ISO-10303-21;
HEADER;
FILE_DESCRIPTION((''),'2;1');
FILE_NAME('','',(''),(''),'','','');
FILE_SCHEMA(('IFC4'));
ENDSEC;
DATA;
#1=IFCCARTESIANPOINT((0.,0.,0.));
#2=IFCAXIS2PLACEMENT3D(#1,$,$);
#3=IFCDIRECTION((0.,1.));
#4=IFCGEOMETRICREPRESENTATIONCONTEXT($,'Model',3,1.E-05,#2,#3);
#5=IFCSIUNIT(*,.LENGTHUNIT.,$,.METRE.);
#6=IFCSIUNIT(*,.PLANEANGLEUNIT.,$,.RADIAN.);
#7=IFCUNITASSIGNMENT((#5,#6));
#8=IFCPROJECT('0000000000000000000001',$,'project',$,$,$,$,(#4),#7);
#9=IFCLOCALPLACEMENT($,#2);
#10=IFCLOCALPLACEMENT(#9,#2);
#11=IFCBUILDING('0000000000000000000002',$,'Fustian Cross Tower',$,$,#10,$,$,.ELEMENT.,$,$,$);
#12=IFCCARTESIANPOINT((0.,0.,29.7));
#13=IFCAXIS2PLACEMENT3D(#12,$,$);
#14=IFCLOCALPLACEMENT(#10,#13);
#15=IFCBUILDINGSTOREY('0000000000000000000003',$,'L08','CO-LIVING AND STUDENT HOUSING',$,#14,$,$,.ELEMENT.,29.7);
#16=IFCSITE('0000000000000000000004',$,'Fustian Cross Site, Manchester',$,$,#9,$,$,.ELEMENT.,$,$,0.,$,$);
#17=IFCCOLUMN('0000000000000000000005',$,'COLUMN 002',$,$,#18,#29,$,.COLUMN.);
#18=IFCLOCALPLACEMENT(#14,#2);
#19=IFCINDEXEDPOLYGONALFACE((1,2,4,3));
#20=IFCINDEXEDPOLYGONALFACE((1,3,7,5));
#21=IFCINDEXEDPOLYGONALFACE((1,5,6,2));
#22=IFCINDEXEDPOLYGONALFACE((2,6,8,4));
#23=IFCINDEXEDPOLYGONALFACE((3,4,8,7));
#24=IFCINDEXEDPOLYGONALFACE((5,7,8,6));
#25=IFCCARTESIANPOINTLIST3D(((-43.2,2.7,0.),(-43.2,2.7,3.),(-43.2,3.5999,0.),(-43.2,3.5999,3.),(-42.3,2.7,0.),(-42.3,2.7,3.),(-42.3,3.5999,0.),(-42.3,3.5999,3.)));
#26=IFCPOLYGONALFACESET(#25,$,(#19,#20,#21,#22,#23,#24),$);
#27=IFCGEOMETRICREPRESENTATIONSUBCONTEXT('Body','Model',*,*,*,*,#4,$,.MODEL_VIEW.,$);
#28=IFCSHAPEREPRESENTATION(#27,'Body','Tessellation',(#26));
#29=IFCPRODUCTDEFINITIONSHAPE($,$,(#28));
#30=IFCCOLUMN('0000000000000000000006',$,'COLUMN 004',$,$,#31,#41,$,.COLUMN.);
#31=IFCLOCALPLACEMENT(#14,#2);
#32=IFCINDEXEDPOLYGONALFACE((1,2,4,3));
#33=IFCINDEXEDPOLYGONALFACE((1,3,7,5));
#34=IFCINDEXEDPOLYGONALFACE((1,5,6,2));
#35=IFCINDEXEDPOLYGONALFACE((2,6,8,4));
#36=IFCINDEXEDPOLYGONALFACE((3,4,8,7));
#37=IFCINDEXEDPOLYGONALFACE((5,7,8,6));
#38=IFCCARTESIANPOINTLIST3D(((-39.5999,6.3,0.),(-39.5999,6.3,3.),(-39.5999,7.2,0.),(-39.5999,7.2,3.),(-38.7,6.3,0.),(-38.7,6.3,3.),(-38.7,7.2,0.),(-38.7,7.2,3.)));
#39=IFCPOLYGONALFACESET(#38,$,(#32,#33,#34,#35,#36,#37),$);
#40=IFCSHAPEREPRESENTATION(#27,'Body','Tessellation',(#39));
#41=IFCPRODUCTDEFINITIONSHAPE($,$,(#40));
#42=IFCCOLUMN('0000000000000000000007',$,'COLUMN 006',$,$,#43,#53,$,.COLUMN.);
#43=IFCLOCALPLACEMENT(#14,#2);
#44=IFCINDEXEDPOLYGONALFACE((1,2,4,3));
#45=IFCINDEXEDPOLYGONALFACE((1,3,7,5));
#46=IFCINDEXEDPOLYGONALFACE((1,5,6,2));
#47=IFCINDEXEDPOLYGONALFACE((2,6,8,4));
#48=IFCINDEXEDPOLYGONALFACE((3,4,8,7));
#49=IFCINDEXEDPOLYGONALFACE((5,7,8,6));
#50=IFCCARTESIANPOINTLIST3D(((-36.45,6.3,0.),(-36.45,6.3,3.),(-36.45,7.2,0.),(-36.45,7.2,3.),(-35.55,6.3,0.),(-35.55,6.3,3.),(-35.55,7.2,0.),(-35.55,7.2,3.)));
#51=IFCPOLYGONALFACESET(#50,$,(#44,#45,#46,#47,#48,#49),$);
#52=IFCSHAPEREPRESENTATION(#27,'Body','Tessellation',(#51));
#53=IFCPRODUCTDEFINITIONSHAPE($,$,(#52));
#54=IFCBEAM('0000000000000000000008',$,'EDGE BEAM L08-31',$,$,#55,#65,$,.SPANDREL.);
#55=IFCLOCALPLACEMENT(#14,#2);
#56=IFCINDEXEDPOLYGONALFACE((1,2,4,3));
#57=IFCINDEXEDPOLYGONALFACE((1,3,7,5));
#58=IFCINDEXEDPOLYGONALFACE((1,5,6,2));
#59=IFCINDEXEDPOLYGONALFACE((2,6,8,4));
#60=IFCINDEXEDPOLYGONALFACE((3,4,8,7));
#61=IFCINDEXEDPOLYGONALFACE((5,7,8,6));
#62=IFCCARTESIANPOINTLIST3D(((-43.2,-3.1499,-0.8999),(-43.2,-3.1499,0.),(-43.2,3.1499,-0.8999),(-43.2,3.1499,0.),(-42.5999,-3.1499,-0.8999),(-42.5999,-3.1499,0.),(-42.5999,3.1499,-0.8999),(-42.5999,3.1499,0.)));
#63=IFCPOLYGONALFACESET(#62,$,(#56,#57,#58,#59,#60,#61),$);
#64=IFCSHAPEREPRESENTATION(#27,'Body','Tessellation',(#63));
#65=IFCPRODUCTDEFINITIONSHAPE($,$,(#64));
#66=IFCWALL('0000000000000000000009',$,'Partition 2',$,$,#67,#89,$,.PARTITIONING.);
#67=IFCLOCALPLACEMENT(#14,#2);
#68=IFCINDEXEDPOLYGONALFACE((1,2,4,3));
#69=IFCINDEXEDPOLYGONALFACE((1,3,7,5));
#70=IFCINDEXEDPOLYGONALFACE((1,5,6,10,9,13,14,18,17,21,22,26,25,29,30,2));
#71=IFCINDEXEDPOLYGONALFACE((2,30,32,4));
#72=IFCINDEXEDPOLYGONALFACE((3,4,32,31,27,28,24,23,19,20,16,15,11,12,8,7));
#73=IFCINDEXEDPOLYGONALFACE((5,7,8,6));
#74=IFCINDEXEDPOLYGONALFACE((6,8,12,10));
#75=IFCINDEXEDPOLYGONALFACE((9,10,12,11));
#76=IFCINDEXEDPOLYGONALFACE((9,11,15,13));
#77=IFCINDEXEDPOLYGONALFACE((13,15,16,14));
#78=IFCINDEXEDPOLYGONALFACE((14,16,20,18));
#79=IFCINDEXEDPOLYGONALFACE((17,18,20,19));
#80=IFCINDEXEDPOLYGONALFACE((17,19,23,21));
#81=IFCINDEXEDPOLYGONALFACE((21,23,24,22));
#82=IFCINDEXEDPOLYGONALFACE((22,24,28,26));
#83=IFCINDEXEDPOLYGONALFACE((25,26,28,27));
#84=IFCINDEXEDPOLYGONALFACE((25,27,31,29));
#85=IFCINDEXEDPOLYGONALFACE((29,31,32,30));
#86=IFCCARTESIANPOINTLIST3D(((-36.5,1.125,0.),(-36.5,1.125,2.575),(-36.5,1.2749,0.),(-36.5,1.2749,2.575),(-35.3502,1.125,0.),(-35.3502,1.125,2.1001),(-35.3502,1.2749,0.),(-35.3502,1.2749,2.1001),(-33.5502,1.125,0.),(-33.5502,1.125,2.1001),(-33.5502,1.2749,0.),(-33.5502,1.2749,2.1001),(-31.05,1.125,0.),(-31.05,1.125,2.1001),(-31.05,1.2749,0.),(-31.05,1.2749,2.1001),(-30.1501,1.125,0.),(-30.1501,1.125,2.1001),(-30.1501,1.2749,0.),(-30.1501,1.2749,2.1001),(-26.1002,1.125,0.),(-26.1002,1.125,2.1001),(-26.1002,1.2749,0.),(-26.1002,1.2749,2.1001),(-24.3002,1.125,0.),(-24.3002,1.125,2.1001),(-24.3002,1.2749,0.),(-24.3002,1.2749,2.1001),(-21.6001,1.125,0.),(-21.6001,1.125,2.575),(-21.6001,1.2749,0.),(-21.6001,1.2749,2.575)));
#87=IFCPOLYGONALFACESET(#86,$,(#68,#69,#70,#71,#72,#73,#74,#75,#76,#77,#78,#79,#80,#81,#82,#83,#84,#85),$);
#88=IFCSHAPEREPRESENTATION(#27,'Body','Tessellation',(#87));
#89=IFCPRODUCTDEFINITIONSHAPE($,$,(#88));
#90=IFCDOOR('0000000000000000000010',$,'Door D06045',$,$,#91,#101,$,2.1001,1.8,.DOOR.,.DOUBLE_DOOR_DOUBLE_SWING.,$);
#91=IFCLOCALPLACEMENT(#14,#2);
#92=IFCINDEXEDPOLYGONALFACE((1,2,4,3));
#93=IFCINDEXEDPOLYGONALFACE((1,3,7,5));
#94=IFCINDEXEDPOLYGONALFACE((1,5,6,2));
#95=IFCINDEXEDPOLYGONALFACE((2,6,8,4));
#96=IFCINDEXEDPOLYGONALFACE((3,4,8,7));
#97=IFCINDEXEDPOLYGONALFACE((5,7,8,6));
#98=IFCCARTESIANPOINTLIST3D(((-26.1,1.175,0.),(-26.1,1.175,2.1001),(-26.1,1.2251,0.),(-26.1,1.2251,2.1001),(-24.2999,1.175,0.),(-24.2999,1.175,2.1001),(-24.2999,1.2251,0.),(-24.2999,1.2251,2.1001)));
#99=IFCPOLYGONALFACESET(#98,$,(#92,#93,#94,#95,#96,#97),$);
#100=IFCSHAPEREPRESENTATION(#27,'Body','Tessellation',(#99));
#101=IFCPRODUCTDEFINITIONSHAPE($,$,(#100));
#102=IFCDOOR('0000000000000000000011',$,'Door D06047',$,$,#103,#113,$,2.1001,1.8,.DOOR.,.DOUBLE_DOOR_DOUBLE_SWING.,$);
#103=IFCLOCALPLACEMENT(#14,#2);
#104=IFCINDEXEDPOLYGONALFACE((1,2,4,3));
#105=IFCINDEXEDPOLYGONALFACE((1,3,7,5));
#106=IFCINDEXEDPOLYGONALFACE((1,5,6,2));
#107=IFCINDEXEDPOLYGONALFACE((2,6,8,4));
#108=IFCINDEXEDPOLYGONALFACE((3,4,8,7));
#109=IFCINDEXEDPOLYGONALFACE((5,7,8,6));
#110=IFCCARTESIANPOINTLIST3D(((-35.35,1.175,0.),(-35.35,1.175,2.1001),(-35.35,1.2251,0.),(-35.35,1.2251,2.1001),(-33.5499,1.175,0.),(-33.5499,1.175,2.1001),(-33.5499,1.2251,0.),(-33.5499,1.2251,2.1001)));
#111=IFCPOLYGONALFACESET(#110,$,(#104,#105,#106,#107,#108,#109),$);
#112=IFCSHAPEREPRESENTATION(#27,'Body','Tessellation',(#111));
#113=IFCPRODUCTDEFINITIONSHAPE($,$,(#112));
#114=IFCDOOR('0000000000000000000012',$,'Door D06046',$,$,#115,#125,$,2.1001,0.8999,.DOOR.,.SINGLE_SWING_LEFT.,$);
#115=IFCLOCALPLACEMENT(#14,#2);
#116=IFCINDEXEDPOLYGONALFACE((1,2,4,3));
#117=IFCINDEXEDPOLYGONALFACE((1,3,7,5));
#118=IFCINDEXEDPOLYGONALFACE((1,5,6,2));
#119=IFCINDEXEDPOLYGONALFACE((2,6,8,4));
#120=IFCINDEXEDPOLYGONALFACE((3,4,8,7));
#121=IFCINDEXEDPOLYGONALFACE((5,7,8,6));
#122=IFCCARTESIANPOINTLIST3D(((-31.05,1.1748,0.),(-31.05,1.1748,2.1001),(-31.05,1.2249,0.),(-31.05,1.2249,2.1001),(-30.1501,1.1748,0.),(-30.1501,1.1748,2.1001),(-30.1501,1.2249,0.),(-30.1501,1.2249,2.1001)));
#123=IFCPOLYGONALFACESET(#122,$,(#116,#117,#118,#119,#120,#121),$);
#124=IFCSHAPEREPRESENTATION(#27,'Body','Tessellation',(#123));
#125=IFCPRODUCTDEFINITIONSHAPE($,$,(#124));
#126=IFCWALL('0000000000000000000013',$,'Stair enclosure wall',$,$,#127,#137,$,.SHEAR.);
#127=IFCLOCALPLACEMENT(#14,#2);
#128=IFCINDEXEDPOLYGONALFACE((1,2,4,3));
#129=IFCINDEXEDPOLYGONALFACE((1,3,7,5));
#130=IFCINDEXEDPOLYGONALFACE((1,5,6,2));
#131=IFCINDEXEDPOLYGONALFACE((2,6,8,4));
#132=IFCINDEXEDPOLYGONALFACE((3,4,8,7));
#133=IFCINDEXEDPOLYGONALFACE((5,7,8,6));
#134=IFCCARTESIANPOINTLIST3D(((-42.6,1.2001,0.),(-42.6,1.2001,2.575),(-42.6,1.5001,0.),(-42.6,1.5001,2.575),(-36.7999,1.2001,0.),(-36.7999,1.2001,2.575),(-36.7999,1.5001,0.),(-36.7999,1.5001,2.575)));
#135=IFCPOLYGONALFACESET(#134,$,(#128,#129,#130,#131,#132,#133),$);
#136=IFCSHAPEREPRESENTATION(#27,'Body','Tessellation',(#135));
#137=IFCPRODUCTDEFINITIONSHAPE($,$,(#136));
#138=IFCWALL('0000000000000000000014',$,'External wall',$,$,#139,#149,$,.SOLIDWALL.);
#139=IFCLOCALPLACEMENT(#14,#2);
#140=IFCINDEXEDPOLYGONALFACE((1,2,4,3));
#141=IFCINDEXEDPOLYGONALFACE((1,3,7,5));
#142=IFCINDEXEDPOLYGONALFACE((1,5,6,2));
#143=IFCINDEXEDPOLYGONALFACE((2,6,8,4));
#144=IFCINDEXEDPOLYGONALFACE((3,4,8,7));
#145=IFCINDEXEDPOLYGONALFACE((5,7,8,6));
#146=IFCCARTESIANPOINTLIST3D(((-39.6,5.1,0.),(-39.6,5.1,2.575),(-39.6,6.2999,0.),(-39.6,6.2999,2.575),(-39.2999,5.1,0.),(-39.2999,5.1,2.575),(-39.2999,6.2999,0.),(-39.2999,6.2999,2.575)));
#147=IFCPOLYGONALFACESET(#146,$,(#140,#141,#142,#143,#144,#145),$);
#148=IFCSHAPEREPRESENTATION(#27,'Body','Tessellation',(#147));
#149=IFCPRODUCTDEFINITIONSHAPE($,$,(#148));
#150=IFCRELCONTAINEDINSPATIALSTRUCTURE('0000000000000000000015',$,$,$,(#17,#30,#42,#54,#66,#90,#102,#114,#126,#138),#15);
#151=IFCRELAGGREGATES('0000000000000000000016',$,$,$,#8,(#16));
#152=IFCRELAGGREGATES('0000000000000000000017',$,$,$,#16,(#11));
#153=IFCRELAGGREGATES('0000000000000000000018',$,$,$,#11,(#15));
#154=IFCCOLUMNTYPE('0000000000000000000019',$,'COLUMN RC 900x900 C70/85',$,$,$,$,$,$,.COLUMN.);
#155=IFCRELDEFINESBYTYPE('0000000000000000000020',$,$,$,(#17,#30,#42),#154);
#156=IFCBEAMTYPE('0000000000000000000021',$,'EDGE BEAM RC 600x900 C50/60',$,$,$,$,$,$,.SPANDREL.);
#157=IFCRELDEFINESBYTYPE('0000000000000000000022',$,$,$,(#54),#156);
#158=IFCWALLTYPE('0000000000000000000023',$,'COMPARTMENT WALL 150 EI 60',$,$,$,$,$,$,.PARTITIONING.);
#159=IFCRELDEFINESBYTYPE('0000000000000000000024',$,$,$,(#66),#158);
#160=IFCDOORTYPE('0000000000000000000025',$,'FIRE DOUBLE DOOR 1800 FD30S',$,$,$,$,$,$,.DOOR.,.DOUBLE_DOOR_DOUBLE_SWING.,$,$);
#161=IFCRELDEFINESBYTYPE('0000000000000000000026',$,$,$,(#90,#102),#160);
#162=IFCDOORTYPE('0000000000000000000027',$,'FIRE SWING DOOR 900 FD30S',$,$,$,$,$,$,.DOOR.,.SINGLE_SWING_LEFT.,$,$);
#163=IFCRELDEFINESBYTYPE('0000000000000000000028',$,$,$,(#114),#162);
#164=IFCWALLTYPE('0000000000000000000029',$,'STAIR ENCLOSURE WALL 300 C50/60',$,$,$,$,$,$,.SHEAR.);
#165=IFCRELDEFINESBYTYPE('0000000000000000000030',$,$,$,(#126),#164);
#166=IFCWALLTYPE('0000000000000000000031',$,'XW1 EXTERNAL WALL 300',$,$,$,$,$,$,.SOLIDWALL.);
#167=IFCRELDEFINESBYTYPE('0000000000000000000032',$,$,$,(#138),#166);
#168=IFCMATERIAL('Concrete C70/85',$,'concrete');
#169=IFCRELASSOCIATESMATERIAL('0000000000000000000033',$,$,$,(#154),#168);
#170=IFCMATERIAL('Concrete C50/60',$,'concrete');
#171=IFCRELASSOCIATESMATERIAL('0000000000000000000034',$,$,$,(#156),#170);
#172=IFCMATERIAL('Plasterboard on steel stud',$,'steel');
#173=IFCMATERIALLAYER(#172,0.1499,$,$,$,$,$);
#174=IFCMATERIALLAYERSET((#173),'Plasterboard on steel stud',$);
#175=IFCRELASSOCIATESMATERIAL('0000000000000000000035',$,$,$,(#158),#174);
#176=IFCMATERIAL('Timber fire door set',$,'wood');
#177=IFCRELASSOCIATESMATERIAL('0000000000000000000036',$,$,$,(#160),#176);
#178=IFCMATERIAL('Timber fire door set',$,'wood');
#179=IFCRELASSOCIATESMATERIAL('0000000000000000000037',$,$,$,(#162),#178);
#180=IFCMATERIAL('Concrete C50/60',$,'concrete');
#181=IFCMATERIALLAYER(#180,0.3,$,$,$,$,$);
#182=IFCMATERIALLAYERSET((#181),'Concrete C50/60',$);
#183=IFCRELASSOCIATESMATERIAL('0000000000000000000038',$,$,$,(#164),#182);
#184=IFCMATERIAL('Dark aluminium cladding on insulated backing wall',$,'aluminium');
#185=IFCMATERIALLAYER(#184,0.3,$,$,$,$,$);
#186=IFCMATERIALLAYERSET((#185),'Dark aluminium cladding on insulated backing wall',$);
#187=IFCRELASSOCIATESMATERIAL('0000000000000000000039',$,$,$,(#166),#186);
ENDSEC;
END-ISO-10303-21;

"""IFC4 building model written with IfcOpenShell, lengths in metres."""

from ifc_helpers import new_model, si_unit, direction, frame, frame_2d, origin, origin_2d, place, context, subcontext, project, spatial, rectangle, extrude, material, layer, layer_set, material_profile, profile_set, type_object, element, fill, save


model = new_model("IFC4")

# Units and contexts
model_context = context("Model", 3, precision=1e-05, world=origin(), true_north=direction((0.0, 1.0)))
body_context = subcontext(model_context, "Body", "Model", "MODEL_VIEW")
ifc_project = project(units=[si_unit("LENGTHUNIT", "METRE"), si_unit("PLANEANGLEUNIT", "RADIAN")], contexts=[model_context])

# Site, building, storey
site_placement = place(None, origin())
site = spatial("IfcSite", under=ifc_project, at=site_placement, Name="Fustian Cross Site, Manchester", CompositionType="ELEMENT", RefElevation=0.0)
building_placement = place(site_placement, origin())
building = spatial("IfcBuilding", under=site, at=building_placement, Name="Fustian Cross Tower", CompositionType="ELEMENT")
storey_placement = place(building_placement, frame((0.0, 0.0, 29.7)))
storey = spatial("IfcBuildingStorey", under=building, at=storey_placement, Name="L08", Description="CO-LIVING AND STUDENT HOUSING", CompositionType="ELEMENT", Elevation=29.7)

# Columns
ifc_material_1 = material(Name="Concrete C70/85", Category="concrete")
ifc_material_profile_1 = material_profile(ifc_material_1, rectangle(XDim=0.8999, YDim=0.8999, at=origin_2d()), Name="RC 900x900")
ifc_profile_set_1 = profile_set([ifc_material_profile_1], Name="Concrete C70/85")
column_type = type_object("IfcColumnType", Name="COLUMN RC 900x900 C70/85", PredefinedType="COLUMN", material=ifc_profile_set_1)
for number, where, z_axis, x_axis, name in (
    (1, (-42.75, 3.1499, 0.0), (0.0, 0.0, 1.0), (1.0, 0.0, 0.0), "COLUMN 002"),
    (2, (-39.1499, 6.75, 0.0), (0.0, 0.0, 1.0), (1.0, 0.0, 0.0), "COLUMN 004"),
    (3, (-36.0, 6.75, 0.0), (0.0, 0.0, 1.0), (1.0, 0.0, 0.0), "COLUMN 006"),
):
    element("IfcColumn", number, at=place(storey_placement, frame(where, z_axis=z_axis, x_axis=x_axis)), inside=storey, type_object=column_type, Name=name, PredefinedType="COLUMN", context=body_context, shape_type="SweptSolid", body=[
        extrude(rectangle(XDim=0.8999, YDim=0.8999, at=origin_2d()), origin(), (0.0, 0.0, 1.0), 3.0),
    ])

# Beam
ifc_material_2 = material(Name="Concrete C50/60", Category="concrete")
ifc_material_profile_2 = material_profile(ifc_material_2, rectangle(XDim=0.6001, YDim=0.8999, at=origin_2d()), Name="RC 600x900")
ifc_profile_set_2 = profile_set([ifc_material_profile_2], Name="Concrete C50/60")
beam_type = type_object("IfcBeamType", Name="EDGE BEAM RC 600x900 C50/60", PredefinedType="SPANDREL", material=ifc_profile_set_2)
beam_placement = place(storey_placement, frame((-42.8999, 3.1499, -0.45), z_axis=(0.0, -1.0, 0.0), x_axis=(1.0, 0.0, 0.0)))
element("IfcBeam", 4, at=beam_placement, inside=storey, type_object=beam_type, Name="EDGE BEAM L08-31", PredefinedType="SPANDREL", context=body_context, shape_type="SweptSolid", body=[
    extrude(rectangle(XDim=0.6001, YDim=0.8999, at=origin_2d()), origin(), (0.0, 0.0, 1.0), 6.2998),
])

# Wall, openings, doors
ifc_material_3 = material(Name="Plasterboard on steel stud", Category="steel")
ifc_layer_1 = layer(ifc_material_3, 0.1499)
ifc_layer_set_1 = layer_set([ifc_layer_1], Name="Plasterboard on steel stud")
wall_type_1 = type_object("IfcWallType", Name="COMPARTMENT WALL 150 EI 60", PredefinedType="PARTITIONING", material=ifc_layer_set_1)
wall_1_placement = place(storey_placement, frame((-36.5, 1.2, 0.0), z_axis=(0.0, 0.0, 1.0), x_axis=(1.0, 0.0, 0.0)))
wall_1 = element("IfcWall", 5, at=wall_1_placement, inside=storey, type_object=wall_type_1, Name="Partition 2", PredefinedType="PARTITIONING", context=body_context, shape_type="SweptSolid", body=[
    extrude(rectangle(XDim=14.8999, YDim=0.1499, at=frame_2d((7.45, 0.0))), origin(), (0.0, 0.0, 1.0), 2.575),
])
opening_1_placement = place(wall_1_placement, frame((10.3999, 0.0, 0.0)))
opening_1 = element("IfcOpeningElement", 6, at=opening_1_placement, cuts=wall_1, PredefinedType="OPENING", context=body_context, shape_type="SweptSolid", body=[
    extrude(rectangle(XDim=1.8, YDim=2.1001, at=frame_2d((0.8999, 1.05))), frame((0.0, 0.085, 0.0), z_axis=(0.0, -1.0, 0.0), x_axis=(1.0, 0.0, 0.0)), (0.0, 0.0, 1.0), 0.1699),
])
opening_2_placement = place(wall_1_placement, frame((5.45, 0.0, 0.0)))
opening_2 = element("IfcOpeningElement", 7, at=opening_2_placement, cuts=wall_1, PredefinedType="OPENING", context=body_context, shape_type="SweptSolid", body=[
    extrude(rectangle(XDim=0.8999, YDim=2.1001, at=frame_2d((0.45, 1.05))), frame((0.0, 0.085, 0.0), z_axis=(0.0, -1.0, 0.0), x_axis=(1.0, 0.0, 0.0)), (0.0, 0.0, 1.0), 0.1699),
])
opening_3_placement = place(wall_1_placement, frame((1.1499, 0.0, 0.0)))
opening_3 = element("IfcOpeningElement", 8, at=opening_3_placement, cuts=wall_1, PredefinedType="OPENING", context=body_context, shape_type="SweptSolid", body=[
    extrude(rectangle(XDim=1.8, YDim=2.1001, at=frame_2d((0.8999, 1.05))), frame((0.0, 0.085, 0.0), z_axis=(0.0, -1.0, 0.0), x_axis=(1.0, 0.0, 0.0)), (0.0, 0.0, 1.0), 0.1699),
])
ifc_material_4 = material(Name="Timber fire door set", Category="wood")
door_type_1 = type_object("IfcDoorType", Name="FIRE DOUBLE DOOR 1800 FD30S", OperationType="DOUBLE_DOOR_DOUBLE_SWING", PredefinedType="DOOR", material=ifc_material_4)
door_1_placement = place(opening_1_placement, frame((1.8, 0.0, 0.0), z_axis=(0.0, 0.0, 1.0), x_axis=(-1.0, 0.0, 0.0)))
door_1 = element("IfcDoor", 9, at=door_1_placement, inside=storey, type_object=door_type_1, Name="Door D06045", OperationType="DOUBLE_DOOR_DOUBLE_SWING", OverallHeight=2.1001, OverallWidth=1.8, PredefinedType="DOOR", context=body_context, shape_type="SweptSolid", body=[
    extrude(rectangle(XDim=1.8, YDim=2.1001, at=frame_2d((0.8999, 1.05))), frame((0.0, 0.0249, 0.0), z_axis=(0.0, -1.0, 0.0), x_axis=(1.0, 0.0, 0.0)), (0.0, 0.0, 1.0), 0.05),
])
fill(opening_1, door_1)
door_2_placement = place(opening_3_placement, frame((1.8, 0.0, 0.0), z_axis=(0.0, 0.0, 1.0), x_axis=(-1.0, 0.0, 0.0)))
door_2 = element("IfcDoor", 10, at=door_2_placement, inside=storey, type_object=door_type_1, Name="Door D06047", OperationType="DOUBLE_DOOR_DOUBLE_SWING", OverallHeight=2.1001, OverallWidth=1.8, PredefinedType="DOOR", context=body_context, shape_type="SweptSolid", body=[
    extrude(rectangle(XDim=1.8, YDim=2.1001, at=frame_2d((0.8999, 1.05))), frame((0.0, 0.0249, 0.0), z_axis=(0.0, -1.0, 0.0), x_axis=(1.0, 0.0, 0.0)), (0.0, 0.0, 1.0), 0.05),
])
fill(opening_3, door_2)
ifc_material_5 = material(Name="Timber fire door set", Category="wood")
door_type_2 = type_object("IfcDoorType", Name="FIRE SWING DOOR 900 FD30S", OperationType="SINGLE_SWING_LEFT", PredefinedType="DOOR", material=ifc_material_5)
door_3_placement = place(opening_2_placement, origin())
door_3 = element("IfcDoor", 11, at=door_3_placement, inside=storey, type_object=door_type_2, Name="Door D06046", OperationType="SINGLE_SWING_LEFT", OverallHeight=2.1001, OverallWidth=0.8999, PredefinedType="DOOR", context=body_context, shape_type="SweptSolid", body=[
    extrude(rectangle(XDim=0.8999, YDim=2.1001, at=frame_2d((0.45, 1.05))), frame((0.0, 0.0249, 0.0), z_axis=(0.0, -1.0, 0.0), x_axis=(1.0, 0.0, 0.0)), (0.0, 0.0, 1.0), 0.05),
])
fill(opening_2, door_3)

# Walls
ifc_material_6 = material(Name="Concrete C50/60", Category="concrete")
ifc_layer_2 = layer(ifc_material_6, 0.3)
ifc_layer_set_2 = layer_set([ifc_layer_2], Name="Concrete C50/60")
wall_type_2 = type_object("IfcWallType", Name="STAIR ENCLOSURE WALL 300 C50/60", PredefinedType="SHEAR", material=ifc_layer_set_2)
wall_2_placement = place(storey_placement, frame((-36.8, 1.3501, 0.0), z_axis=(0.0, 0.0, 1.0), x_axis=(-1.0, 0.0, 0.0)))
element("IfcWall", 12, at=wall_2_placement, inside=storey, type_object=wall_type_2, Name="Stair enclosure wall", PredefinedType="SHEAR", context=body_context, shape_type="SweptSolid", body=[
    extrude(rectangle(XDim=5.8, YDim=0.3, at=frame_2d((2.8999, 0.0))), origin(), (0.0, 0.0, 1.0), 2.575),
])
ifc_material_7 = material(Name="Dark aluminium cladding on insulated backing wall", Category="aluminium")
ifc_layer_3 = layer(ifc_material_7, 0.3)
ifc_layer_set_3 = layer_set([ifc_layer_3], Name="Dark aluminium cladding on insulated backing wall")
wall_type_3 = type_object("IfcWallType", Name="XW1 EXTERNAL WALL 300", PredefinedType="SOLIDWALL", material=ifc_layer_set_3)
wall_3_placement = place(storey_placement, frame((-39.45, 6.3, 0.0), z_axis=(0.0, 0.0, 1.0), x_axis=(0.0, -1.0, 0.0)))
element("IfcWall", 13, at=wall_3_placement, inside=storey, type_object=wall_type_3, Name="External wall", PredefinedType="SOLIDWALL", context=body_context, shape_type="SweptSolid", body=[
    extrude(rectangle(XDim=1.2, YDim=0.3, at=frame_2d((0.6001, 0.0))), origin(), (0.0, 0.0, 1.0), 2.575),
])

save(model, "model.ifc")
